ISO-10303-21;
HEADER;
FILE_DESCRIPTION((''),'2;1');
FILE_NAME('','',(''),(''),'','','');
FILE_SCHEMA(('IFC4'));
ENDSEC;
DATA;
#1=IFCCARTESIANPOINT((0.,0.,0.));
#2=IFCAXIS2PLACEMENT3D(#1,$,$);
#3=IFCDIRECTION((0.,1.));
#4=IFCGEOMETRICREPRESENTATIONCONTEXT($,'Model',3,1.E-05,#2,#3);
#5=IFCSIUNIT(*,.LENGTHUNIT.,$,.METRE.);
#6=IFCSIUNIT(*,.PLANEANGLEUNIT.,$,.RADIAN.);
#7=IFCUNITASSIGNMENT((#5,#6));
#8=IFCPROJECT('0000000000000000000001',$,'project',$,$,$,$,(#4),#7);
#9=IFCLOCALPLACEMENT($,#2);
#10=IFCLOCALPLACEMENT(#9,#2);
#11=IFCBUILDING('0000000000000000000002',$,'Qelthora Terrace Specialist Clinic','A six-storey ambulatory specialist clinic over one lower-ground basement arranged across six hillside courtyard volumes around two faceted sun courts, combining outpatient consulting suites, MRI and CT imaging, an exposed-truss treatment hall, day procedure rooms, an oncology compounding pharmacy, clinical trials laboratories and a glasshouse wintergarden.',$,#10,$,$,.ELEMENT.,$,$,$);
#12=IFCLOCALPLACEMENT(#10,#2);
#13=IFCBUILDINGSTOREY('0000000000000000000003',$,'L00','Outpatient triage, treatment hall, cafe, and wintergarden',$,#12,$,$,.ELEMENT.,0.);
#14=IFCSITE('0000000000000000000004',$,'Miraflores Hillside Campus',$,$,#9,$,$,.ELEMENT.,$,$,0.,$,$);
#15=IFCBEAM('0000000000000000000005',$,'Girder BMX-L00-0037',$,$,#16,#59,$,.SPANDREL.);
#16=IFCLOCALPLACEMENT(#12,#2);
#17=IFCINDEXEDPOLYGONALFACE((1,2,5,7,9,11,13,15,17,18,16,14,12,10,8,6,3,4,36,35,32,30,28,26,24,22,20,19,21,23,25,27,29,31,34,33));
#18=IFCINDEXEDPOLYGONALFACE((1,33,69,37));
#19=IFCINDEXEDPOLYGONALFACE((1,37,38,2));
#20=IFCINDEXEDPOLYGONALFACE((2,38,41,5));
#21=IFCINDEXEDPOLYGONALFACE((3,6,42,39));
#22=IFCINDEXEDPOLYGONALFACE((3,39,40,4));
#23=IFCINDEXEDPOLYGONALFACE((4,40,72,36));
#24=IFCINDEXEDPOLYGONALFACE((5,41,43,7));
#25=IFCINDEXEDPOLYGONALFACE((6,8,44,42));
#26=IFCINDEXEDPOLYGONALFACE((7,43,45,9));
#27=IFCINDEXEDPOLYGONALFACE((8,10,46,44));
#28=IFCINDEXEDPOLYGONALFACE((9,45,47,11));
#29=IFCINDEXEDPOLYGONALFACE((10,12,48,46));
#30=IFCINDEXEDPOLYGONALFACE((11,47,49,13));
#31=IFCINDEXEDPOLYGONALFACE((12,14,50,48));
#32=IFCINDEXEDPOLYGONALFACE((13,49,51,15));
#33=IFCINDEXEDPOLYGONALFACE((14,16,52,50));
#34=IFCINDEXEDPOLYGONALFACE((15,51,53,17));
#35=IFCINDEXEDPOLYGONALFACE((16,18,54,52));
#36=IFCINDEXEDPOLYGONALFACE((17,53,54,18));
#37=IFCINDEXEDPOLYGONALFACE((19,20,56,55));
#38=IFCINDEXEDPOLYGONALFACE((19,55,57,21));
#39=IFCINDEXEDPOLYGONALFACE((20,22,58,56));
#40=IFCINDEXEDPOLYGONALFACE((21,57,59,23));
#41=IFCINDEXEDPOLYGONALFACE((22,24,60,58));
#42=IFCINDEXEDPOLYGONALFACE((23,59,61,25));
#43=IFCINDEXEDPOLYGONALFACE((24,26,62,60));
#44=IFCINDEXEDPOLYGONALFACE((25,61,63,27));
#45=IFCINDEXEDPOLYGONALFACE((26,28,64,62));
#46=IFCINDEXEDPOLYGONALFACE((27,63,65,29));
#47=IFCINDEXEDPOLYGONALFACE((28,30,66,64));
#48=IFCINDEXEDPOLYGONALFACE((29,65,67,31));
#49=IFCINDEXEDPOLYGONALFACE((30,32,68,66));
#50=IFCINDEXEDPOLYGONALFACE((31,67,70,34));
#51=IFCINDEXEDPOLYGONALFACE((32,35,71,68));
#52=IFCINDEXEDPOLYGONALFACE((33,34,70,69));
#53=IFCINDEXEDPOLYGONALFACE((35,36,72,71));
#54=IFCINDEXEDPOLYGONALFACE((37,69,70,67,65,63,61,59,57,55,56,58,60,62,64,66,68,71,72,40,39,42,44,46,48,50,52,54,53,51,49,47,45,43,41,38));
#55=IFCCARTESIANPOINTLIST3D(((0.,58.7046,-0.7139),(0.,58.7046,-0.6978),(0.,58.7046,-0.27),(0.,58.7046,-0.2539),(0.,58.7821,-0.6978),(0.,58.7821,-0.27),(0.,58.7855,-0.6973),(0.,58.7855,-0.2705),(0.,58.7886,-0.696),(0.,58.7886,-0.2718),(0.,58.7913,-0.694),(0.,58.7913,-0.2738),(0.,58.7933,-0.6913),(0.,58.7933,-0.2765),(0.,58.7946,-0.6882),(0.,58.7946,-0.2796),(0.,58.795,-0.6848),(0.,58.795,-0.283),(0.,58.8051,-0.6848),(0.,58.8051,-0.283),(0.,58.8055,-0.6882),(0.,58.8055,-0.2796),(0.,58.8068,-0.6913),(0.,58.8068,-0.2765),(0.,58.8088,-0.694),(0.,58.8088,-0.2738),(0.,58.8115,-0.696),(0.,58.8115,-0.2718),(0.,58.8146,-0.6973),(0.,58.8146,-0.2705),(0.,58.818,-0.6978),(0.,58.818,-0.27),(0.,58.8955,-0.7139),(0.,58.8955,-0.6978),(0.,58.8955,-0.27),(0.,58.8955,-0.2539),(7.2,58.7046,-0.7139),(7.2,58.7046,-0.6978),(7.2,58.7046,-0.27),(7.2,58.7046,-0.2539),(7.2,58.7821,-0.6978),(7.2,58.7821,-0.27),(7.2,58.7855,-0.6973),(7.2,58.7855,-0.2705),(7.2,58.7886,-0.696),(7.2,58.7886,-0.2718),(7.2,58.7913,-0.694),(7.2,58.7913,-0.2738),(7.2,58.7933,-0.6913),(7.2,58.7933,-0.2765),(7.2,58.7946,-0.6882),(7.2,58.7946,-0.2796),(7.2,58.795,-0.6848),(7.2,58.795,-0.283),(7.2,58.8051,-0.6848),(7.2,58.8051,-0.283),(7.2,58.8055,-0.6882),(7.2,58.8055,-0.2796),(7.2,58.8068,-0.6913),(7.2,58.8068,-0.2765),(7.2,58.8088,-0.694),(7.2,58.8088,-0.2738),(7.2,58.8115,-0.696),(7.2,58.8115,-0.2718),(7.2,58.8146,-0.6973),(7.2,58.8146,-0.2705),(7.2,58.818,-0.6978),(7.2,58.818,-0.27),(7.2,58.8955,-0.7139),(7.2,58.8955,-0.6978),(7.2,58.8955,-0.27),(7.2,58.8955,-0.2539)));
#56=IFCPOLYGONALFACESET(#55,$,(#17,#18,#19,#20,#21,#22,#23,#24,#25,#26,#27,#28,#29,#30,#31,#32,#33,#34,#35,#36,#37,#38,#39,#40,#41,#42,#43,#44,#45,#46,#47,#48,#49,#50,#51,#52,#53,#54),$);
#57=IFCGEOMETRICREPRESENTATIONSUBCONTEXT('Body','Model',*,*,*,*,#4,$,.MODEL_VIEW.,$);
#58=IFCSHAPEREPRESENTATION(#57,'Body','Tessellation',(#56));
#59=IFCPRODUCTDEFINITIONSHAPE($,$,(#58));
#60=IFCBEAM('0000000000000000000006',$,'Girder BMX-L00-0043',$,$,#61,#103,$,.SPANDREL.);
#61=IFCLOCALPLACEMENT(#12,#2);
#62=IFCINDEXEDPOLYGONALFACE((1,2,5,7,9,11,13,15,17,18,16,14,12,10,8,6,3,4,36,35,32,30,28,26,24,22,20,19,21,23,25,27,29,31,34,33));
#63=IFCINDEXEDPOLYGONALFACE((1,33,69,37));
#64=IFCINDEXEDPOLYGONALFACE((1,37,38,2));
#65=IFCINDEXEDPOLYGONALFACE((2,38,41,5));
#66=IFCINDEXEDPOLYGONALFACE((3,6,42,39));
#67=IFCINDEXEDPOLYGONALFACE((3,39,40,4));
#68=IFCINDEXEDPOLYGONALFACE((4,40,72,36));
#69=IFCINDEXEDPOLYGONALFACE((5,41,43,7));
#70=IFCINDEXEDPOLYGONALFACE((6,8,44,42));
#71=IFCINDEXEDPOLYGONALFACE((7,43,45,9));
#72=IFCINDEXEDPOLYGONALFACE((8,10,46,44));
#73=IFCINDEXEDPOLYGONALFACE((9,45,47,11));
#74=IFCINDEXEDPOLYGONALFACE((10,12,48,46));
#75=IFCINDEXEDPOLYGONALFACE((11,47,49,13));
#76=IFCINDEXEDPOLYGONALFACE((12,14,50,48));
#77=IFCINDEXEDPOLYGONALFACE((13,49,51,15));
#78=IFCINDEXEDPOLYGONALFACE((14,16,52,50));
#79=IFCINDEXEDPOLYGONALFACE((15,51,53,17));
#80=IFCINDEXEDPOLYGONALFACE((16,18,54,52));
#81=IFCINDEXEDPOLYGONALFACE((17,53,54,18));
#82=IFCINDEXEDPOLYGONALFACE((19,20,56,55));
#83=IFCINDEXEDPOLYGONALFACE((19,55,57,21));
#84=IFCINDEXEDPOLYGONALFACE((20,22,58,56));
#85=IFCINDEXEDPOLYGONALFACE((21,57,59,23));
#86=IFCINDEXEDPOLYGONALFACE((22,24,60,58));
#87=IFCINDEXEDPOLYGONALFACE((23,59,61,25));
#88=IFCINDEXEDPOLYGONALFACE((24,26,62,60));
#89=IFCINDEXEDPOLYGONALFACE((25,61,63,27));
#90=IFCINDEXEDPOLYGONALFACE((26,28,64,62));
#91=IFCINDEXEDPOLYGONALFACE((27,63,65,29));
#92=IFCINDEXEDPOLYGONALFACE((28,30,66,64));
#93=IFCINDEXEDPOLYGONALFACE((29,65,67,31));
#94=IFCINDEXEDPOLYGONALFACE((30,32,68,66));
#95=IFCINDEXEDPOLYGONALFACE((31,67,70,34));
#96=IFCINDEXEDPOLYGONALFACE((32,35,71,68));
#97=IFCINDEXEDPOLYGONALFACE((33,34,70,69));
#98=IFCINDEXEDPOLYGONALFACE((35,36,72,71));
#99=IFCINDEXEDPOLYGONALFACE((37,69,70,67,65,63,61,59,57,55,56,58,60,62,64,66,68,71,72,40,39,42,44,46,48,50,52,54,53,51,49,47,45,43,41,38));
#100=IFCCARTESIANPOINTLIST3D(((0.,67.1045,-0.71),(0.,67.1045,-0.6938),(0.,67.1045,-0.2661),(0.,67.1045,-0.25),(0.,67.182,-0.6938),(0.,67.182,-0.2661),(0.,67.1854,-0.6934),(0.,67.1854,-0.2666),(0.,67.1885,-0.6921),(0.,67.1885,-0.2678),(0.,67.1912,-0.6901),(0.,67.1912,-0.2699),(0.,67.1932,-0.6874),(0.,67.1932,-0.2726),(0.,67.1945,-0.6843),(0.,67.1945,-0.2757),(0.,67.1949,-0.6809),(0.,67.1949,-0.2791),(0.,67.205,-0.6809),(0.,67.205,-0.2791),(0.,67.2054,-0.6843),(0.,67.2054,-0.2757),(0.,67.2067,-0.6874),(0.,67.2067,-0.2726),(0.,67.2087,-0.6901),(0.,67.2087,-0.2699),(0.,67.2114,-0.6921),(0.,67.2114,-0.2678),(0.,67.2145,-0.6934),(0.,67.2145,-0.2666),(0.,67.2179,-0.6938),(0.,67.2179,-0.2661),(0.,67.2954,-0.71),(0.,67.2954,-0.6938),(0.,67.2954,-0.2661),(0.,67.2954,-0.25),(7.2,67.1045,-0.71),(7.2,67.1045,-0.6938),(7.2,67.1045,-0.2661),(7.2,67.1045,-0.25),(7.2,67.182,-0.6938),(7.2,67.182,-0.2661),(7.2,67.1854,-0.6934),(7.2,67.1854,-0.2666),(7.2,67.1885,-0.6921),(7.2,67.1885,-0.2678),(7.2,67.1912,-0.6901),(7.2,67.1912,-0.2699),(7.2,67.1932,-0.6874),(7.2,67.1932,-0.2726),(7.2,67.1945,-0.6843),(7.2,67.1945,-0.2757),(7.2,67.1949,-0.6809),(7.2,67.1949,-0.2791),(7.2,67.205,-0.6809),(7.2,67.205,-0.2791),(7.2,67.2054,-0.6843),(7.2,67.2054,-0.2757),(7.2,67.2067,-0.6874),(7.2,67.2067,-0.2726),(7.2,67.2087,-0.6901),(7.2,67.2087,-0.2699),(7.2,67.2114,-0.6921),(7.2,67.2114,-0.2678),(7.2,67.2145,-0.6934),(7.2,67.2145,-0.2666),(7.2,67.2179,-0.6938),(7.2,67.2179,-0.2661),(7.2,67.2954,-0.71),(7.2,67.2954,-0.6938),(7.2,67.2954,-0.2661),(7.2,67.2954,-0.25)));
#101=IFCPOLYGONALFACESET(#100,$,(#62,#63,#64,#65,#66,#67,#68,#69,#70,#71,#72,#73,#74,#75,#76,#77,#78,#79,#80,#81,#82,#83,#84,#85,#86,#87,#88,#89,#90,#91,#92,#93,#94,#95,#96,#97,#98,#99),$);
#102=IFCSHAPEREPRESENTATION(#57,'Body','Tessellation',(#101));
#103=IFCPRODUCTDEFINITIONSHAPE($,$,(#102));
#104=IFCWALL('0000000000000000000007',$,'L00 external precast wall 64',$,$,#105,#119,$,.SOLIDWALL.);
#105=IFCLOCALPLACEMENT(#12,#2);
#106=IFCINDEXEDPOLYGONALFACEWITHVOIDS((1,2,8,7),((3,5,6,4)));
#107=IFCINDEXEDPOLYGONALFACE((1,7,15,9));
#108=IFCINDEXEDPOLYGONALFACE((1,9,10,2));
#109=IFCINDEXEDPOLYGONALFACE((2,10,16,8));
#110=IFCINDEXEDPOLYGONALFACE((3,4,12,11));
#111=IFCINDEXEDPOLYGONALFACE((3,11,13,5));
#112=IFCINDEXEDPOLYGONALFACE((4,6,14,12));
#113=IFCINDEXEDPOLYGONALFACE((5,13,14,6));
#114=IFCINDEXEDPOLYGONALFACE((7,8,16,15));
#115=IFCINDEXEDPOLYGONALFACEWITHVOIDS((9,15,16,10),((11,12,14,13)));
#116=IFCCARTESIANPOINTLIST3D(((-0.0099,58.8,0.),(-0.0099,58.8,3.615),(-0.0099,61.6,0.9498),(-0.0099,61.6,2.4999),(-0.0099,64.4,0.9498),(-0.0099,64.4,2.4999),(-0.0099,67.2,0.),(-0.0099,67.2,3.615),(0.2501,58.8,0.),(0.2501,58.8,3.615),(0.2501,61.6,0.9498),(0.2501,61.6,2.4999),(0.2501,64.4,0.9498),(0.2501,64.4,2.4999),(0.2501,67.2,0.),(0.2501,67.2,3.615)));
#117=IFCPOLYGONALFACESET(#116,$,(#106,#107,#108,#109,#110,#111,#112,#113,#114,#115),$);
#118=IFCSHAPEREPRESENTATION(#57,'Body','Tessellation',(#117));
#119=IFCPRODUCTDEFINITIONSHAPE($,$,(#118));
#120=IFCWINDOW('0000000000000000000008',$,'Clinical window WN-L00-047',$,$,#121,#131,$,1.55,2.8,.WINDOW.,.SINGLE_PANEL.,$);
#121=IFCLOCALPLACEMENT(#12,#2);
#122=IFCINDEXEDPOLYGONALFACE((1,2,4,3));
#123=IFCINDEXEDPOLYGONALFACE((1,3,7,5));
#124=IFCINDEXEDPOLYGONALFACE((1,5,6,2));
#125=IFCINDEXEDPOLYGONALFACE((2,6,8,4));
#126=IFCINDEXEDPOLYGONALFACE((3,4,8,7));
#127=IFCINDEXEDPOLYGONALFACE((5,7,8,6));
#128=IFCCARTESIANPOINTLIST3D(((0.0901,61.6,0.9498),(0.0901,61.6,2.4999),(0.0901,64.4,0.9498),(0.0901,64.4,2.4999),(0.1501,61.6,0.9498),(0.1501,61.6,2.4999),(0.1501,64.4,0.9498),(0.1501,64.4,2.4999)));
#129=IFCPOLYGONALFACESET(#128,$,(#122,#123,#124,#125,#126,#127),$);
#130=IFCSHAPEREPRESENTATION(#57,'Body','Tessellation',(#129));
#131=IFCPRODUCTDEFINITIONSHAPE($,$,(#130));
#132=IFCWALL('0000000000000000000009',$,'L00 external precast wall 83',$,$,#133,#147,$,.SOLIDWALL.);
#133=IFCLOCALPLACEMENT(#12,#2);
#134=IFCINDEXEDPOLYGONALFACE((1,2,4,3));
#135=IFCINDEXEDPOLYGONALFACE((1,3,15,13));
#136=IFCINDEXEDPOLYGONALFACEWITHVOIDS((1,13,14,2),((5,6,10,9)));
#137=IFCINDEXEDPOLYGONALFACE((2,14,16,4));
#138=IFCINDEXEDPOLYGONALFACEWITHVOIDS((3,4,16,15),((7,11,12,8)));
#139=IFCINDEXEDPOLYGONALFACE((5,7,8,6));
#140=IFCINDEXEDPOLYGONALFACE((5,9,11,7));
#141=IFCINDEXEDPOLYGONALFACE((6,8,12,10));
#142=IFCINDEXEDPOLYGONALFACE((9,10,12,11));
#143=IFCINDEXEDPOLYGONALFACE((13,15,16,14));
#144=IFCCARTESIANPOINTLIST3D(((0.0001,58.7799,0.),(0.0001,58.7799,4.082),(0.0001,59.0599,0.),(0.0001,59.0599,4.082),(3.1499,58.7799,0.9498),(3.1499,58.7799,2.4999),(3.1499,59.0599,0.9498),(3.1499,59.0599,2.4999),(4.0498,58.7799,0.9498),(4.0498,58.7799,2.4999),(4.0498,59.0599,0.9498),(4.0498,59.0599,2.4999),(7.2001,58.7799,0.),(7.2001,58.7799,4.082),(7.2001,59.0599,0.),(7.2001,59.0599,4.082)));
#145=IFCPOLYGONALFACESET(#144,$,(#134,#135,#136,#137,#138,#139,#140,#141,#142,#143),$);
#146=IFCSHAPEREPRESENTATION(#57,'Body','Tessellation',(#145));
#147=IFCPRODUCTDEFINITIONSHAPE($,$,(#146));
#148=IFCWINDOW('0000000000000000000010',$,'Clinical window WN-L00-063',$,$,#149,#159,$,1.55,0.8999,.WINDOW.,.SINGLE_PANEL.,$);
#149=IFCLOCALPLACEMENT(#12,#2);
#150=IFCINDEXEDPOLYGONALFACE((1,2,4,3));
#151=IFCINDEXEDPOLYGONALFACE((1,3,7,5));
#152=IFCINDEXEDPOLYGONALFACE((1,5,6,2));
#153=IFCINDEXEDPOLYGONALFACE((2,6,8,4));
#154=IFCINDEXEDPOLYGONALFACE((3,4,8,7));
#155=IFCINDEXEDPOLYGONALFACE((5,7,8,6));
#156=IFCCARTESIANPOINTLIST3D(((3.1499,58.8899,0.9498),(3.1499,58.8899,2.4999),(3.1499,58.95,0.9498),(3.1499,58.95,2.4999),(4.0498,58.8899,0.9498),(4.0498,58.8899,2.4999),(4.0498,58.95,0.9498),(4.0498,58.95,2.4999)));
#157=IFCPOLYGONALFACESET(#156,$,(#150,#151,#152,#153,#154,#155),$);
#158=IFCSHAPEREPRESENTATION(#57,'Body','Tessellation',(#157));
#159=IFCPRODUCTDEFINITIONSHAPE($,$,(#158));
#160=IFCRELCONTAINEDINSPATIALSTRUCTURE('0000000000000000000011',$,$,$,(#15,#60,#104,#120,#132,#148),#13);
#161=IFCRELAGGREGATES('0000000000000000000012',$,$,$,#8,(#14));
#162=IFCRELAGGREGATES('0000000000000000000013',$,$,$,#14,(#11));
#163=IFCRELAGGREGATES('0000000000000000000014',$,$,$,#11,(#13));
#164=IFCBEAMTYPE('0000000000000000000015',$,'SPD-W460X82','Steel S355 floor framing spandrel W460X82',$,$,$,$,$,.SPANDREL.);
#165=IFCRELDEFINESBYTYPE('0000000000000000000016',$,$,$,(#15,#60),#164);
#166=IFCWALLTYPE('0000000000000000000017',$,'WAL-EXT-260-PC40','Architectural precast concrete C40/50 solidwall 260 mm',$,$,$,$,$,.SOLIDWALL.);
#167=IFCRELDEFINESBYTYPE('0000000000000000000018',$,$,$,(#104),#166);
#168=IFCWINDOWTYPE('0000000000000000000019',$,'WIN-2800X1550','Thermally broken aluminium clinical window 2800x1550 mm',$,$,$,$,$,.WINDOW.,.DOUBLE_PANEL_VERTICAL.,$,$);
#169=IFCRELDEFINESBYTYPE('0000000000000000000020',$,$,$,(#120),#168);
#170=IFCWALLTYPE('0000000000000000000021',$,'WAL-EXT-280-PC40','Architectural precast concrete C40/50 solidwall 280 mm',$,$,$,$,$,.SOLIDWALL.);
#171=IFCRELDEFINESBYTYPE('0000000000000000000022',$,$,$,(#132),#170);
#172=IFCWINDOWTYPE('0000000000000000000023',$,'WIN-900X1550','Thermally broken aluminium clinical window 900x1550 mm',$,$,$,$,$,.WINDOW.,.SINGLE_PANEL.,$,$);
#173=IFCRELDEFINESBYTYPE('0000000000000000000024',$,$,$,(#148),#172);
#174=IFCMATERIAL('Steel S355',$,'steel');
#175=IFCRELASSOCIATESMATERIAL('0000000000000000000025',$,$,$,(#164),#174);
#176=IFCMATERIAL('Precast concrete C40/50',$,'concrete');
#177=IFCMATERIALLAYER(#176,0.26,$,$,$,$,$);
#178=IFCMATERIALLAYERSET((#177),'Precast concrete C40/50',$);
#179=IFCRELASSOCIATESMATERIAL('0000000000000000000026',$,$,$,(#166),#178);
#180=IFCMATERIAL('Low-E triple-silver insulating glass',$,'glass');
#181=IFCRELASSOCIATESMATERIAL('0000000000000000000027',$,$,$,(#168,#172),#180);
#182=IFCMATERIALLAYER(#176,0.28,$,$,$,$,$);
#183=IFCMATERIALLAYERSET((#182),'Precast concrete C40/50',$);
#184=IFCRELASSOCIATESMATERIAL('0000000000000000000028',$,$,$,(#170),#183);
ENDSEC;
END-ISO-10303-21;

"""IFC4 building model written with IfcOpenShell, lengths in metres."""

from ifc_helpers import new_model, si_unit, direction, frame, frame_2d, origin, origin_2d, place, context, subcontext, project, spatial, rectangle, i_section, extrude, material, layer, layer_set, material_profile, profile_set, type_object, element, fill, save


model = new_model("IFC4")

# Units and contexts
model_context = context("Model", 3, precision=1e-05, world=origin(), true_north=direction((0.0, 1.0)))
body_context = subcontext(model_context, "Body", "Model", "MODEL_VIEW")
ifc_project = project(units=[si_unit("LENGTHUNIT", "METRE"), si_unit("PLANEANGLEUNIT", "RADIAN")], contexts=[model_context])

# Site, building, storey
site_placement = place(None, origin())
site = spatial("IfcSite", under=ifc_project, at=site_placement, Name="Miraflores Hillside Campus", CompositionType="ELEMENT", RefElevation=0.0)
building_placement = place(site_placement, origin())
building = spatial("IfcBuilding", under=site, at=building_placement, Name="Qelthora Terrace Specialist Clinic", Description="A six-storey ambulatory specialist clinic over one lower-ground basement arranged across six hillside courtyard volumes around two faceted sun courts, combining outpatient consulting suites, MRI and CT imaging, an exposed-truss treatment hall, day procedure rooms, an oncology compounding pharmacy, clinical trials laboratories and a glasshouse wintergarden.", CompositionType="ELEMENT")
storey_placement = place(building_placement, origin())
storey = spatial("IfcBuildingStorey", under=building, at=storey_placement, Name="L00", Description="Outpatient triage, treatment hall, cafe, and wintergarden", CompositionType="ELEMENT", Elevation=0.0)

# Shared definitions
ifc_material_1 = material(Name="Steel S355", Category="steel")

# Beams
ifc_material_profile_1 = material_profile(ifc_material_1, i_section(OverallWidth=0.1909, OverallDepth=0.46, WebThickness=0.01, FlangeThickness=0.0161, FilletRadius=0.0129, at=origin_2d()), Name="W460X82")
ifc_profile_set_1 = profile_set([ifc_material_profile_1], Name="Steel S355")
beam_type_1 = type_object("IfcBeamType", Name="SPD-W460X82", Description="Steel S355 floor framing spandrel W460X82", PredefinedType="SPANDREL", material=ifc_profile_set_1)
for number, where, z_axis, x_axis, name in (
    (1, (0.0, 58.8, -0.4839), (1.0, 0.0, 0.0), (0.0, 1.0, 0.0), "Girder BMX-L00-0037"),
    (2, (0.0, 67.2, -0.48), (1.0, 0.0, 0.0), (0.0, 1.0, 0.0), "Girder BMX-L00-0043"),
):
    element("IfcBeam", number, at=place(storey_placement, frame(where, z_axis=z_axis, x_axis=x_axis)), inside=storey, type_object=beam_type_1, Name=name, PredefinedType="SPANDREL", context=body_context, shape_type="SweptSolid", body=[
        extrude(i_section(OverallWidth=0.1909, OverallDepth=0.46, WebThickness=0.01, FlangeThickness=0.0161, FilletRadius=0.0129, at=origin_2d()), origin(), (0.0, 0.0, 1.0), 7.2),
    ])

# Walls, openings, windows
ifc_material_2 = material(Name="Precast concrete C40/50", Category="concrete")
ifc_layer_1 = layer(ifc_material_2, 0.26)
ifc_layer_set_1 = layer_set([ifc_layer_1], Name="Precast concrete C40/50")
wall_type_1 = type_object("IfcWallType", Name="WAL-EXT-260-PC40", Description="Architectural precast concrete C40/50 solidwall 260 mm", PredefinedType="SOLIDWALL", material=ifc_layer_set_1)
wall_1_placement = place(storey_placement, frame((0.1201, 58.8, 0.0), z_axis=(0.0, 0.0, 1.0), x_axis=(0.0, 1.0, 0.0)))
wall_1 = element("IfcWall", 3, at=wall_1_placement, inside=storey, type_object=wall_type_1, Name="L00 external precast wall 64", PredefinedType="SOLIDWALL", context=body_context, shape_type="SweptSolid", body=[
    extrude(rectangle(XDim=8.3999, YDim=0.26, at=frame_2d((4.2, 0.0))), origin(), (0.0, 0.0, 1.0), 3.615),
])
opening_1_placement = place(wall_1_placement, frame((2.8, 0.0, 0.95)))
opening_1 = element("IfcOpeningElement", 4, at=opening_1_placement, cuts=wall_1, PredefinedType="OPENING", context=body_context, shape_type="SweptSolid", body=[
    extrude(rectangle(XDim=2.8, YDim=1.55, at=frame_2d((1.3999, 0.7749))), frame((0.0, 0.1399, 0.0), z_axis=(0.0, -1.0, 0.0), x_axis=(1.0, 0.0, 0.0)), (0.0, 0.0, 1.0), 0.28),
])
ifc_material_3 = material(Name="Low-E triple-silver insulating glass", Category="glass")
window_type_1 = type_object("IfcWindowType", Name="WIN-2800X1550", Description="Thermally broken aluminium clinical window 2800x1550 mm", PartitioningType="DOUBLE_PANEL_VERTICAL", PredefinedType="WINDOW", material=ifc_material_3)
window_1_placement = place(opening_1_placement, origin())
window_1 = element("IfcWindow", 5, at=window_1_placement, inside=storey, type_object=window_type_1, Name="Clinical window WN-L00-047", OverallHeight=1.55, OverallWidth=2.8, PartitioningType="SINGLE_PANEL", PredefinedType="WINDOW", context=body_context, shape_type="SweptSolid", body=[
    extrude(rectangle(XDim=2.8, YDim=1.55, at=frame_2d((1.3999, 0.7749))), frame((0.0, 0.03, 0.0), z_axis=(0.0, -1.0, 0.0), x_axis=(1.0, 0.0, 0.0)), (0.0, 0.0, 1.0), 0.0601),
])
fill(opening_1, window_1)
ifc_layer_2 = layer(ifc_material_2, 0.28)
ifc_layer_set_2 = layer_set([ifc_layer_2], Name="Precast concrete C40/50")
wall_type_2 = type_object("IfcWallType", Name="WAL-EXT-280-PC40", Description="Architectural precast concrete C40/50 solidwall 280 mm", PredefinedType="SOLIDWALL", material=ifc_layer_set_2)
wall_2_placement = place(storey_placement, frame((0.0, 58.9199, 0.0), z_axis=(0.0, 0.0, 1.0), x_axis=(1.0, 0.0, 0.0)))
wall_2 = element("IfcWall", 6, at=wall_2_placement, inside=storey, type_object=wall_type_2, Name="L00 external precast wall 83", PredefinedType="SOLIDWALL", context=body_context, shape_type="SweptSolid", body=[
    extrude(rectangle(XDim=7.2, YDim=0.28, at=frame_2d((3.6001, 0.0))), origin(), (0.0, 0.0, 1.0), 4.082),
])
opening_2_placement = place(wall_2_placement, frame((3.1499, 0.0, 0.95)))
opening_2 = element("IfcOpeningElement", 7, at=opening_2_placement, cuts=wall_2, PredefinedType="OPENING", context=body_context, shape_type="SweptSolid", body=[
    extrude(rectangle(XDim=0.8999, YDim=1.55, at=frame_2d((0.45, 0.7749))), frame((0.0, 0.1499, 0.0), z_axis=(0.0, -1.0, 0.0), x_axis=(1.0, 0.0, 0.0)), (0.0, 0.0, 1.0), 0.3),
])
window_type_2 = type_object("IfcWindowType", Name="WIN-900X1550", Description="Thermally broken aluminium clinical window 900x1550 mm", PartitioningType="SINGLE_PANEL", PredefinedType="WINDOW", material=ifc_material_3)
window_2_placement = place(opening_2_placement, origin())
window_2 = element("IfcWindow", 8, at=window_2_placement, inside=storey, type_object=window_type_2, Name="Clinical window WN-L00-063", OverallHeight=1.55, OverallWidth=0.8999, PartitioningType="SINGLE_PANEL", PredefinedType="WINDOW", context=body_context, shape_type="SweptSolid", body=[
    extrude(rectangle(XDim=0.8999, YDim=1.55, at=frame_2d((0.45, 0.7749))), frame((0.0, 0.03, 0.0), z_axis=(0.0, -1.0, 0.0), x_axis=(1.0, 0.0, 0.0)), (0.0, 0.0, 1.0), 0.0601),
])
fill(opening_2, window_2)

save(model, "model.ifc")
